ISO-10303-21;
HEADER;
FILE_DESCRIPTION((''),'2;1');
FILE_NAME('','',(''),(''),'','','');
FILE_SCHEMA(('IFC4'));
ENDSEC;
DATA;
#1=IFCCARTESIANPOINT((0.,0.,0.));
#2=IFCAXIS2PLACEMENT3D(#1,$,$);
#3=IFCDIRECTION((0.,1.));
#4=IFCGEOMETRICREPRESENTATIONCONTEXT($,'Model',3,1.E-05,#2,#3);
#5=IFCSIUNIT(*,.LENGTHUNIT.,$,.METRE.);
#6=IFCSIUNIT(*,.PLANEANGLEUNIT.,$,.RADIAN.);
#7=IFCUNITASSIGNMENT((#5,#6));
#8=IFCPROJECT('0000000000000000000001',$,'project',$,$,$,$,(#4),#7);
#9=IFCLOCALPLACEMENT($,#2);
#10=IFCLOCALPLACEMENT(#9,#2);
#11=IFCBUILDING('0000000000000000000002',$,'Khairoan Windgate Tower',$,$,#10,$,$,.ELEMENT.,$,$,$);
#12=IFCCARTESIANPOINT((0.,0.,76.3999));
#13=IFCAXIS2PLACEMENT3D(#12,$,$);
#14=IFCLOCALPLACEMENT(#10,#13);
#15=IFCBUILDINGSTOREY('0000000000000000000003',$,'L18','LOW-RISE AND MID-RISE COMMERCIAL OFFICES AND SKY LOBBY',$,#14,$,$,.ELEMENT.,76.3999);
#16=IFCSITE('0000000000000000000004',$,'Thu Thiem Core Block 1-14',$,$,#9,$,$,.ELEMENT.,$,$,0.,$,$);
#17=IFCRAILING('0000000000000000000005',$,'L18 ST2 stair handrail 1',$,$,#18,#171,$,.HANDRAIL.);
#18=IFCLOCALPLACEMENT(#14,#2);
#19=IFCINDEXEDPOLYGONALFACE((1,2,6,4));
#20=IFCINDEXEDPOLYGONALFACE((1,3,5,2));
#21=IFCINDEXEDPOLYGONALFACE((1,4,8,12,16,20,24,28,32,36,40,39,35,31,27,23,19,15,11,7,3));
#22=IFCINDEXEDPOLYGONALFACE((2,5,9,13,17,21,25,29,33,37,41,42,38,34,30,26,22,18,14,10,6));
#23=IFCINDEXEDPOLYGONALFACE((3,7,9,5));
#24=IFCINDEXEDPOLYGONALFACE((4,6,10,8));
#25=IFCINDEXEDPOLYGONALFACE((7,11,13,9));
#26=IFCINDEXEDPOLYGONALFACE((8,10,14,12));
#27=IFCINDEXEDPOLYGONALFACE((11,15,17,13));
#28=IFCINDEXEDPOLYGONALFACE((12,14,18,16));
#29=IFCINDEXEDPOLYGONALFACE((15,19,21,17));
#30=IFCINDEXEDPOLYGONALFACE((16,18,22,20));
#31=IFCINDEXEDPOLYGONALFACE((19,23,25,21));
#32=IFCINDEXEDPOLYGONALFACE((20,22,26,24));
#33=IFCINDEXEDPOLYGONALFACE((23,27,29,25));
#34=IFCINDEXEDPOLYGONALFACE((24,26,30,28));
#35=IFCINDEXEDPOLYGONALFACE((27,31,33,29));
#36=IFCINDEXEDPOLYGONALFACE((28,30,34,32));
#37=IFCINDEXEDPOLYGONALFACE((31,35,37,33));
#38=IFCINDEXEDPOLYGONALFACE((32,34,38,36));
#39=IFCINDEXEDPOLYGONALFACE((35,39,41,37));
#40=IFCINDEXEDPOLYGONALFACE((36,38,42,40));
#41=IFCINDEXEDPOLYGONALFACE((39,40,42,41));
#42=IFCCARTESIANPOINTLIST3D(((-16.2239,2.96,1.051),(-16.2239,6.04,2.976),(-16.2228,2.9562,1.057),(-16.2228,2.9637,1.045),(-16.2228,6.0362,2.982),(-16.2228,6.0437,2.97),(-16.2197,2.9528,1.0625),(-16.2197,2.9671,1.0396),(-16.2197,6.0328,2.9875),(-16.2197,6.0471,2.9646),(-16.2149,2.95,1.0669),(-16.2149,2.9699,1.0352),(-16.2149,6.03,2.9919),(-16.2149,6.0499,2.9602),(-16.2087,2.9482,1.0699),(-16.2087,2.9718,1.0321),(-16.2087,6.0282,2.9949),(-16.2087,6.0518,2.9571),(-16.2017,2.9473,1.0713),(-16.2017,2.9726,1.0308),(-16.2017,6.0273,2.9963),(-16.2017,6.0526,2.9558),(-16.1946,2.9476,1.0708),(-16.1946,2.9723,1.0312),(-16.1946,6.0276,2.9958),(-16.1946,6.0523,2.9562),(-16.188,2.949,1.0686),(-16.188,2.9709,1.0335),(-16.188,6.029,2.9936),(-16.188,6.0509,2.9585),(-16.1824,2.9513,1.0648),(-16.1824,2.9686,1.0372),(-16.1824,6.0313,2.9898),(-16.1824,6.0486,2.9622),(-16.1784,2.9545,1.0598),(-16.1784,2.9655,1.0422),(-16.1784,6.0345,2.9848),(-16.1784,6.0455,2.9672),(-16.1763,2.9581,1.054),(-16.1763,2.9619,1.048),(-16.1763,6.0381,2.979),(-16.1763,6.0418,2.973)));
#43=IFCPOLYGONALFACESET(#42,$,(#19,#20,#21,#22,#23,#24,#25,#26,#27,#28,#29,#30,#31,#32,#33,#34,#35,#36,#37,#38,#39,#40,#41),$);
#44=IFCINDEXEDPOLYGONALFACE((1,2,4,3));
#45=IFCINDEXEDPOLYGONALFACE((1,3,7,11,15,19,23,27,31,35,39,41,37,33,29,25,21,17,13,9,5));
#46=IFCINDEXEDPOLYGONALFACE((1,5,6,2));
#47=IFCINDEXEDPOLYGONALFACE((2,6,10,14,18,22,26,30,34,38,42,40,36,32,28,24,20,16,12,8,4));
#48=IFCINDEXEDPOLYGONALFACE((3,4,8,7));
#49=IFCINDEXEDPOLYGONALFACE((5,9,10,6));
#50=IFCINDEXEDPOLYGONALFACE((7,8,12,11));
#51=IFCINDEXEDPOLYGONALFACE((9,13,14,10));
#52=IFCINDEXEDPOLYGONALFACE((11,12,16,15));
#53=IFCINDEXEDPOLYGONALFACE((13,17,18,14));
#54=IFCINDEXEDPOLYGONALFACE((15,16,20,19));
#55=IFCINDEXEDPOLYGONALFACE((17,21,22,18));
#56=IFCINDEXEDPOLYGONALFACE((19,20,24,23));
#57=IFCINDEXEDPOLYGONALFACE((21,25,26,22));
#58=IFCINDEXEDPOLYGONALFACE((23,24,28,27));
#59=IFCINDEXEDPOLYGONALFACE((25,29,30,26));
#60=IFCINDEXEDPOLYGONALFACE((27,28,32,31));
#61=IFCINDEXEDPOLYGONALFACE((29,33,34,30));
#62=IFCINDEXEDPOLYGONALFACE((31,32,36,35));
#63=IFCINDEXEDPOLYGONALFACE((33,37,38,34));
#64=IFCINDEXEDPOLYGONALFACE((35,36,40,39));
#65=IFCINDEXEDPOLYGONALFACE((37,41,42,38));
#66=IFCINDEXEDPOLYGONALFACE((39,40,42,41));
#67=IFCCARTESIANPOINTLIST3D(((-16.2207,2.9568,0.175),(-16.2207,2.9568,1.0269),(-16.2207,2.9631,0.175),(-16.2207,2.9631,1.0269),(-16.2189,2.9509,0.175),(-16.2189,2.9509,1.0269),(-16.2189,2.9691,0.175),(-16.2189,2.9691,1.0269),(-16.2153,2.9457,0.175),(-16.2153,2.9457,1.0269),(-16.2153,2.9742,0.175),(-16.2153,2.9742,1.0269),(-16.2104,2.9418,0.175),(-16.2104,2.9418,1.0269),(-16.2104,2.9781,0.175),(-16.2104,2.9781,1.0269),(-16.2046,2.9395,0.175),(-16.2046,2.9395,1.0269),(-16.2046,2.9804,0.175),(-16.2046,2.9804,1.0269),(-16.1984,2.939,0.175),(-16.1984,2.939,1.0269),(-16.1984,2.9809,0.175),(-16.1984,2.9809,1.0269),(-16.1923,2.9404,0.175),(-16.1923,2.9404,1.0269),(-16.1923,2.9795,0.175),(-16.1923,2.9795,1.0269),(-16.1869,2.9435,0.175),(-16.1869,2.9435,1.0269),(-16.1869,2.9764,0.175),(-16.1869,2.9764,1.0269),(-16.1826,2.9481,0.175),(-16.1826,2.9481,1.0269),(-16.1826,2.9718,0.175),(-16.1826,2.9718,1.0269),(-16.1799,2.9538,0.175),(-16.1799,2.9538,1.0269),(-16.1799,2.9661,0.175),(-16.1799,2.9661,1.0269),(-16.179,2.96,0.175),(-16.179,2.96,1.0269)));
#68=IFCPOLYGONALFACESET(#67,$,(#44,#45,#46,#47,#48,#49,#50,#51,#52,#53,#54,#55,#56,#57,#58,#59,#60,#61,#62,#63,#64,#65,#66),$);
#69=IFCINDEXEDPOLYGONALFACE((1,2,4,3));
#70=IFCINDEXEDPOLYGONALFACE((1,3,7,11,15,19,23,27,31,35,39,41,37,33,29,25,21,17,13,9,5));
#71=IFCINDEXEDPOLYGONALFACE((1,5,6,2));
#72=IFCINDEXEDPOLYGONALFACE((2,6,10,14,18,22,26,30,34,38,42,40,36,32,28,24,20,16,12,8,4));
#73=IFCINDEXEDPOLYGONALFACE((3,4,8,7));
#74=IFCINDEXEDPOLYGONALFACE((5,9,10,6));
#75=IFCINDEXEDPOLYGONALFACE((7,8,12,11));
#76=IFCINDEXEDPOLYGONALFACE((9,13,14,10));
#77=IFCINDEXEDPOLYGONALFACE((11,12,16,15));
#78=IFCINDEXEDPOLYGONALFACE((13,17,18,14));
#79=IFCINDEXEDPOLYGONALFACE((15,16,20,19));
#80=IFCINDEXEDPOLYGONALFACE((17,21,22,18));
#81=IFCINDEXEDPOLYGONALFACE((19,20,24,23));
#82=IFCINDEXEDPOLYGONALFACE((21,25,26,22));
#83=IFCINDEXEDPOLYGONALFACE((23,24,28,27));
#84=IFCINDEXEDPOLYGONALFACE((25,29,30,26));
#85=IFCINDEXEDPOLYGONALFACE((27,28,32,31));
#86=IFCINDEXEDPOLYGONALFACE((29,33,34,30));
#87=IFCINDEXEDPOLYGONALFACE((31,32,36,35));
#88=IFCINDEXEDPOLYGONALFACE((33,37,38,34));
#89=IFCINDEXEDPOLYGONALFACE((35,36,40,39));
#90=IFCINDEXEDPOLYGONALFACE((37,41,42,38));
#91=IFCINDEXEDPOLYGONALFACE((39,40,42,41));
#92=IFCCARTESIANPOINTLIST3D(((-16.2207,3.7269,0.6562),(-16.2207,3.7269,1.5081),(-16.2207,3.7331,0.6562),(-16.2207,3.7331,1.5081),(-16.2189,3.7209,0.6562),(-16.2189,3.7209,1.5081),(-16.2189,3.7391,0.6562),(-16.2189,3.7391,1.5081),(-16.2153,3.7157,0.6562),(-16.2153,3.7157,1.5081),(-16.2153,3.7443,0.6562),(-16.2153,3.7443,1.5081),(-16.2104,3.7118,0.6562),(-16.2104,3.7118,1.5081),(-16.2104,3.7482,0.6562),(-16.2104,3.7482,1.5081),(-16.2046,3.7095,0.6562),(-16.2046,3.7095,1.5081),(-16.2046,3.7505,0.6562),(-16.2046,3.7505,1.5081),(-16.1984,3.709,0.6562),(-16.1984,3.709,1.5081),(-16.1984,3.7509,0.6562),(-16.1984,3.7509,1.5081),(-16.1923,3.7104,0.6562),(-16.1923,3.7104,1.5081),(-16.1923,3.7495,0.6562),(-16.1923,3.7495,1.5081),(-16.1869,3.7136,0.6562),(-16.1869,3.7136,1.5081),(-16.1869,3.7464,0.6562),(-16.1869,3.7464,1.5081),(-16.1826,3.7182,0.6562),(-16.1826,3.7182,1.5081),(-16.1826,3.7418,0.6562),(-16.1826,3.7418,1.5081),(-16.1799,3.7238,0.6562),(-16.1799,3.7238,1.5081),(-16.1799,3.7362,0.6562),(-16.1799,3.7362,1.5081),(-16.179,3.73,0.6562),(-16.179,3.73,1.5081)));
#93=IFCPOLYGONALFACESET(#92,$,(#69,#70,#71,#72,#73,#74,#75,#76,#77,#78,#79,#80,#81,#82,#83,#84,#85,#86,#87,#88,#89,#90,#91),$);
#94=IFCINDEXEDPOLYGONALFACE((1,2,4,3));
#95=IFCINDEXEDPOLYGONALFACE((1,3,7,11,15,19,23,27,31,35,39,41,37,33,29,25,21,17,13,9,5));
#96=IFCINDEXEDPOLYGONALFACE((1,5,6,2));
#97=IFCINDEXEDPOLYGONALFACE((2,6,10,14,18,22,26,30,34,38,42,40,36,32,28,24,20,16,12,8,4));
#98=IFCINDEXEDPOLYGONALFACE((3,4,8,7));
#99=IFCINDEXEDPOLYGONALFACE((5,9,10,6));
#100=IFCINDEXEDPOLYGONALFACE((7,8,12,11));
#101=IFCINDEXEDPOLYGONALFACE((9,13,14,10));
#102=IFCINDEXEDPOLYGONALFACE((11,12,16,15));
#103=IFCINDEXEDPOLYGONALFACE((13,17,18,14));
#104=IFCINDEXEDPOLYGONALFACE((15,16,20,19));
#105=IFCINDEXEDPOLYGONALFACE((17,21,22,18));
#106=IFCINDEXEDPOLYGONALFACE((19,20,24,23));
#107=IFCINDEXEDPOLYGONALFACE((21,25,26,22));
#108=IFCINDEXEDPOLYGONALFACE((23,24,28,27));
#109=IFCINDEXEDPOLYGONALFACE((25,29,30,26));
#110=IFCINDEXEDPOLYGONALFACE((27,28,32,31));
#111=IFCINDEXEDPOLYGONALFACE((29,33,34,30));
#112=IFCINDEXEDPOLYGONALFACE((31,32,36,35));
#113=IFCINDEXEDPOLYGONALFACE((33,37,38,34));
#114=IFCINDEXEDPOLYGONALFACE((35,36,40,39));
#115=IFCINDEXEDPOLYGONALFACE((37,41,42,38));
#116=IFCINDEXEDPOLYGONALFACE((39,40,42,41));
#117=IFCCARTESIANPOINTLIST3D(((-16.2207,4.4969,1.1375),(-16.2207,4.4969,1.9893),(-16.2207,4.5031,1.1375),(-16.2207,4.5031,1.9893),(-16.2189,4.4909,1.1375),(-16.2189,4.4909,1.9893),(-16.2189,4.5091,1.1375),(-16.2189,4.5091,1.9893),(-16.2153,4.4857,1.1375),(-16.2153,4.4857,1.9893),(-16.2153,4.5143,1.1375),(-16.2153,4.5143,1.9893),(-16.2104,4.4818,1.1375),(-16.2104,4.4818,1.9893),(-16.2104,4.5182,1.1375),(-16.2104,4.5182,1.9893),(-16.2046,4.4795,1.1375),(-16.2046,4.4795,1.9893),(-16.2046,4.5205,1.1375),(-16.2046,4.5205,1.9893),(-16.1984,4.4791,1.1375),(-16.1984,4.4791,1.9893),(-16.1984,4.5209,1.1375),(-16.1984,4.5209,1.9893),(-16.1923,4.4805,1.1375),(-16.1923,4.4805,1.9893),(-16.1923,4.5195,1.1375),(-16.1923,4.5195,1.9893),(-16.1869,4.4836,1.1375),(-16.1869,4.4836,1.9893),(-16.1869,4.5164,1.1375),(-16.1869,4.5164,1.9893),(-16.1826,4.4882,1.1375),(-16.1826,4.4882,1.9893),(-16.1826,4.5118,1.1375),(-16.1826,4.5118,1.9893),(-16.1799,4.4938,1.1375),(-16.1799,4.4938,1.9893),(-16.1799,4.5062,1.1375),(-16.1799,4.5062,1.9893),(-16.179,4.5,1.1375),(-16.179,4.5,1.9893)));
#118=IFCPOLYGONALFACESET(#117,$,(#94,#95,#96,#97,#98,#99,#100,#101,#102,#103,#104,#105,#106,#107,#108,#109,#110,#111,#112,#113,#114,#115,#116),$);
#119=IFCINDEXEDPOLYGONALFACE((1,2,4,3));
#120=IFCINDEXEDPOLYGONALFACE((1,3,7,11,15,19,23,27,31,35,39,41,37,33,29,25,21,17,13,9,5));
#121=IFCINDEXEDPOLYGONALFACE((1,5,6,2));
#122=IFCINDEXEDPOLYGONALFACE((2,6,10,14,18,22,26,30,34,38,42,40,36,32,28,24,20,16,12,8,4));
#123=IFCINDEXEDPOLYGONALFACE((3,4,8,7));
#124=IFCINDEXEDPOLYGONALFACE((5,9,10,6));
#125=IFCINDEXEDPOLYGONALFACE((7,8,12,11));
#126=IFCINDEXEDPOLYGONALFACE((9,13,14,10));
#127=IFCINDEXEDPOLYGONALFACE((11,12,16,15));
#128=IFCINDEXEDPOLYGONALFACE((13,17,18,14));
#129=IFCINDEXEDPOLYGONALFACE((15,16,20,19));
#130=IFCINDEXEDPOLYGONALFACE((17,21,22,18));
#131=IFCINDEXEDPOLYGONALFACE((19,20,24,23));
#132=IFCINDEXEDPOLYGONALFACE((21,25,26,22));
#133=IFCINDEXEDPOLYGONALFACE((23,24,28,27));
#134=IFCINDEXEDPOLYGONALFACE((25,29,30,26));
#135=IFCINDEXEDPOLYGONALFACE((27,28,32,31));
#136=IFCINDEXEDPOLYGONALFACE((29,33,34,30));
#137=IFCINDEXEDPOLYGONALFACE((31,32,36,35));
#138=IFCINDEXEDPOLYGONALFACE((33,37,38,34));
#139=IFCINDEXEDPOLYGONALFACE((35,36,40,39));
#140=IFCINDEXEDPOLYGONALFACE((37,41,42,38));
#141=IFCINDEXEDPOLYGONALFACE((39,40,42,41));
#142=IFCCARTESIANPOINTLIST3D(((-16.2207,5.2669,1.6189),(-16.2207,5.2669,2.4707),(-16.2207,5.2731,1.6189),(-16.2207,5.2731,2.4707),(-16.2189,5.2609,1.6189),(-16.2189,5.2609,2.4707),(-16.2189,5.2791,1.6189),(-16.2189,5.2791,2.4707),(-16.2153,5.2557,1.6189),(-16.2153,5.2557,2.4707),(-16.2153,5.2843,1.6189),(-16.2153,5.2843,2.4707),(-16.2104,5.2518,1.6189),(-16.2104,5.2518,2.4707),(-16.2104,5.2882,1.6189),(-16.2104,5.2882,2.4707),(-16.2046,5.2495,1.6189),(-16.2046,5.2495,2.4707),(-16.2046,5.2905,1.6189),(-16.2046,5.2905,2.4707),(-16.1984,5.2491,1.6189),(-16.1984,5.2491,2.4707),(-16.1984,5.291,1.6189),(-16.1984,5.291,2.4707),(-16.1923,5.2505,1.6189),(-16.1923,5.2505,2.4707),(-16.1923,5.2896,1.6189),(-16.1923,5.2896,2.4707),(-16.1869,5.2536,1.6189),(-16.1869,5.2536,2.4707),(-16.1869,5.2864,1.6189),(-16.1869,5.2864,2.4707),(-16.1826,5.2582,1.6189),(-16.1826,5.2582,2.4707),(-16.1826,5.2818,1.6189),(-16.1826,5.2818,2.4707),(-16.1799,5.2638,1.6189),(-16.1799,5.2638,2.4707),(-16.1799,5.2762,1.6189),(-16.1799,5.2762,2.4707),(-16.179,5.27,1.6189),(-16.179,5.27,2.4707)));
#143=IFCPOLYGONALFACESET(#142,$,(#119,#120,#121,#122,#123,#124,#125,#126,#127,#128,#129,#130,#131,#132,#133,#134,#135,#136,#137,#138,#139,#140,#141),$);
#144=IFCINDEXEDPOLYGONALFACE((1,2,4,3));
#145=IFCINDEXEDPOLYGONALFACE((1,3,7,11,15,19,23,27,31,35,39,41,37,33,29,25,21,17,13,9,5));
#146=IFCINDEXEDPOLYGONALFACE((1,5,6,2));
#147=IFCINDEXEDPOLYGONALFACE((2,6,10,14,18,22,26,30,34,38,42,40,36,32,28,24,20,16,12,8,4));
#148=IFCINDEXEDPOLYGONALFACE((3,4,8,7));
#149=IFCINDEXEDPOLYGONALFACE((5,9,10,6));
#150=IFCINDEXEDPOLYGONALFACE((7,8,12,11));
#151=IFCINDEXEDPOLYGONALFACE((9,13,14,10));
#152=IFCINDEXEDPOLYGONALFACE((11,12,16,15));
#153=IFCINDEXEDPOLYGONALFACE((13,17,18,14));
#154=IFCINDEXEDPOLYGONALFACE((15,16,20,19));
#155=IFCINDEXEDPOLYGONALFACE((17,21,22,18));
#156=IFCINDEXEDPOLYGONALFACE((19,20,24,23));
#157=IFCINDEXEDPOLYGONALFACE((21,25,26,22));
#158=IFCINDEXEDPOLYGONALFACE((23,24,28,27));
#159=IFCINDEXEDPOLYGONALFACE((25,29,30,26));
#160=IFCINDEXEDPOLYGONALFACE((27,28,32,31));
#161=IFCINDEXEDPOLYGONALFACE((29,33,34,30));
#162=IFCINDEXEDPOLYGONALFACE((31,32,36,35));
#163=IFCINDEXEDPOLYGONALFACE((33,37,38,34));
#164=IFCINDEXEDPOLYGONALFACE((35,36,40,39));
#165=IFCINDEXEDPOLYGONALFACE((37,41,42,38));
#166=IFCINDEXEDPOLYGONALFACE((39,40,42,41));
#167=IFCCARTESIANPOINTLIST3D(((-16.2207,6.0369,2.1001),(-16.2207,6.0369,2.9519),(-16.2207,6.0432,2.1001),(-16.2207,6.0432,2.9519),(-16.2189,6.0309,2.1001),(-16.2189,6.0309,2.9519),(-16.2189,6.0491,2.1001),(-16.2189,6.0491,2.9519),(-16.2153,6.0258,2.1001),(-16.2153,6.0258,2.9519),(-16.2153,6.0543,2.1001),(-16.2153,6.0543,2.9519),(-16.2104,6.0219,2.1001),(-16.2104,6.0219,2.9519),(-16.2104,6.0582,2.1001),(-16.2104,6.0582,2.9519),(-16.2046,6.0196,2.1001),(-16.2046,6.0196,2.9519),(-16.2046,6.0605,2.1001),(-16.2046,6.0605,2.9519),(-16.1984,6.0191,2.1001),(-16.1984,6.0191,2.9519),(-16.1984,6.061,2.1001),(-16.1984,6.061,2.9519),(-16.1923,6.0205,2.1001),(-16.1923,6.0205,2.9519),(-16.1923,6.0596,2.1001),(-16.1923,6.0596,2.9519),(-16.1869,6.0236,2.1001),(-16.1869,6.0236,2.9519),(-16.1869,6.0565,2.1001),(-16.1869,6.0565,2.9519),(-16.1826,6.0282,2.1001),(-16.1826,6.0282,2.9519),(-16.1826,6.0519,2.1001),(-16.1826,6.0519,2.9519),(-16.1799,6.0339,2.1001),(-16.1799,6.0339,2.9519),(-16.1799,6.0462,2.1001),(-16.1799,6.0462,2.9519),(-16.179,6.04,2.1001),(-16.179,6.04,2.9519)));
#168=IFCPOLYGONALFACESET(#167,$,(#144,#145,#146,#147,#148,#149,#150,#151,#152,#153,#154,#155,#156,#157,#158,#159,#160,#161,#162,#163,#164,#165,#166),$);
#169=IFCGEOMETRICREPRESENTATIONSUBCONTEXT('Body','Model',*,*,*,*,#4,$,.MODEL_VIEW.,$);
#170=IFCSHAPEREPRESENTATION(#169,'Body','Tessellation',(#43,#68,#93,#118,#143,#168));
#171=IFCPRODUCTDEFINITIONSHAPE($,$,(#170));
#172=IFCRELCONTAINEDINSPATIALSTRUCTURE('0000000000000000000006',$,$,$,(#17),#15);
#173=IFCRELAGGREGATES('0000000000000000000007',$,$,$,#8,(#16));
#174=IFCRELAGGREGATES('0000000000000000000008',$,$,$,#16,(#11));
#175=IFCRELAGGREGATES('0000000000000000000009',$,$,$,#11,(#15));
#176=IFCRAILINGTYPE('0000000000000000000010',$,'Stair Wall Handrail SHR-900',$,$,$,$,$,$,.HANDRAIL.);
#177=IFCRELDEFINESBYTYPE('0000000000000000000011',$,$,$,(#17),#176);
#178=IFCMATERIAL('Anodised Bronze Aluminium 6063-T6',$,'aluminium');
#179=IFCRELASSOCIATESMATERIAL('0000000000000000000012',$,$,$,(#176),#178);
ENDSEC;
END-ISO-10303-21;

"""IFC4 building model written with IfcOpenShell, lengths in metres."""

from ifc_helpers import new_model, si_unit, direction, frame, origin, origin_2d, place, context, subcontext, project, spatial, circle, extrude, material, type_object, element, save


model = new_model("IFC4")

# Units and contexts
model_context = context("Model", 3, precision=1e-05, world=origin(), true_north=direction((0.0, 1.0)))
body_context = subcontext(model_context, "Body", "Model", "MODEL_VIEW")
ifc_project = project(units=[si_unit("LENGTHUNIT", "METRE"), si_unit("PLANEANGLEUNIT", "RADIAN")], contexts=[model_context])

# Site, building, storey
site_placement = place(None, origin())
site = spatial("IfcSite", under=ifc_project, at=site_placement, Name="Thu Thiem Core Block 1-14", CompositionType="ELEMENT", RefElevation=0.0)
building_placement = place(site_placement, origin())
building = spatial("IfcBuilding", under=site, at=building_placement, Name="Khairoan Windgate Tower", CompositionType="ELEMENT")
storey_placement = place(building_placement, frame((0.0, 0.0, 76.3999)))
storey = spatial("IfcBuildingStorey", under=building, at=storey_placement, Name="L18", Description="LOW-RISE AND MID-RISE COMMERCIAL OFFICES AND SKY LOBBY", CompositionType="ELEMENT", Elevation=76.3999)

# Railing
ifc_material_1 = material(Name="Anodised Bronze Aluminium 6063-T6", Category="aluminium")
railing_type_1 = type_object("IfcRailingType", Name="Stair Wall Handrail SHR-900", PredefinedType="HANDRAIL", material=ifc_material_1)
railing_1_placement = place(storey_placement, frame((-16.2, 2.96, 0.175)))
element("IfcRailing", 1, at=railing_1_placement, inside=storey, type_object=railing_type_1, Name="L18 ST2 stair handrail 1", PredefinedType="HANDRAIL", context=body_context, shape_type="SweptSolid", body=[
    extrude(circle(Radius=0.0239, at=origin_2d()), frame((0.0, 0.0, 0.876), z_axis=(0.0, 0.847998, 0.529999), x_axis=(-1.0, 0.0, 0.0)), (0.0, 0.0, 1.0), 3.6321),
    extrude(circle(Radius=0.021, at=origin_2d()), origin(), (0.0, 0.0, 1.0), 0.8518),
    extrude(circle(Radius=0.021, at=origin_2d()), frame((0.0, 0.77, 0.4812)), (0.0, 0.0, 1.0), 0.8518),
    extrude(circle(Radius=0.021, at=origin_2d()), frame((0.0, 1.54, 0.9624)), (0.0, 0.0, 1.0), 0.8518),
    extrude(circle(Radius=0.021, at=origin_2d()), frame((0.0, 2.3101, 1.4438)), (0.0, 0.0, 1.0), 0.8518),
    extrude(circle(Radius=0.021, at=origin_2d()), frame((0.0, 3.0801, 1.925)), (0.0, 0.0, 1.0), 0.8518),
])

save(model, "model.ifc")
